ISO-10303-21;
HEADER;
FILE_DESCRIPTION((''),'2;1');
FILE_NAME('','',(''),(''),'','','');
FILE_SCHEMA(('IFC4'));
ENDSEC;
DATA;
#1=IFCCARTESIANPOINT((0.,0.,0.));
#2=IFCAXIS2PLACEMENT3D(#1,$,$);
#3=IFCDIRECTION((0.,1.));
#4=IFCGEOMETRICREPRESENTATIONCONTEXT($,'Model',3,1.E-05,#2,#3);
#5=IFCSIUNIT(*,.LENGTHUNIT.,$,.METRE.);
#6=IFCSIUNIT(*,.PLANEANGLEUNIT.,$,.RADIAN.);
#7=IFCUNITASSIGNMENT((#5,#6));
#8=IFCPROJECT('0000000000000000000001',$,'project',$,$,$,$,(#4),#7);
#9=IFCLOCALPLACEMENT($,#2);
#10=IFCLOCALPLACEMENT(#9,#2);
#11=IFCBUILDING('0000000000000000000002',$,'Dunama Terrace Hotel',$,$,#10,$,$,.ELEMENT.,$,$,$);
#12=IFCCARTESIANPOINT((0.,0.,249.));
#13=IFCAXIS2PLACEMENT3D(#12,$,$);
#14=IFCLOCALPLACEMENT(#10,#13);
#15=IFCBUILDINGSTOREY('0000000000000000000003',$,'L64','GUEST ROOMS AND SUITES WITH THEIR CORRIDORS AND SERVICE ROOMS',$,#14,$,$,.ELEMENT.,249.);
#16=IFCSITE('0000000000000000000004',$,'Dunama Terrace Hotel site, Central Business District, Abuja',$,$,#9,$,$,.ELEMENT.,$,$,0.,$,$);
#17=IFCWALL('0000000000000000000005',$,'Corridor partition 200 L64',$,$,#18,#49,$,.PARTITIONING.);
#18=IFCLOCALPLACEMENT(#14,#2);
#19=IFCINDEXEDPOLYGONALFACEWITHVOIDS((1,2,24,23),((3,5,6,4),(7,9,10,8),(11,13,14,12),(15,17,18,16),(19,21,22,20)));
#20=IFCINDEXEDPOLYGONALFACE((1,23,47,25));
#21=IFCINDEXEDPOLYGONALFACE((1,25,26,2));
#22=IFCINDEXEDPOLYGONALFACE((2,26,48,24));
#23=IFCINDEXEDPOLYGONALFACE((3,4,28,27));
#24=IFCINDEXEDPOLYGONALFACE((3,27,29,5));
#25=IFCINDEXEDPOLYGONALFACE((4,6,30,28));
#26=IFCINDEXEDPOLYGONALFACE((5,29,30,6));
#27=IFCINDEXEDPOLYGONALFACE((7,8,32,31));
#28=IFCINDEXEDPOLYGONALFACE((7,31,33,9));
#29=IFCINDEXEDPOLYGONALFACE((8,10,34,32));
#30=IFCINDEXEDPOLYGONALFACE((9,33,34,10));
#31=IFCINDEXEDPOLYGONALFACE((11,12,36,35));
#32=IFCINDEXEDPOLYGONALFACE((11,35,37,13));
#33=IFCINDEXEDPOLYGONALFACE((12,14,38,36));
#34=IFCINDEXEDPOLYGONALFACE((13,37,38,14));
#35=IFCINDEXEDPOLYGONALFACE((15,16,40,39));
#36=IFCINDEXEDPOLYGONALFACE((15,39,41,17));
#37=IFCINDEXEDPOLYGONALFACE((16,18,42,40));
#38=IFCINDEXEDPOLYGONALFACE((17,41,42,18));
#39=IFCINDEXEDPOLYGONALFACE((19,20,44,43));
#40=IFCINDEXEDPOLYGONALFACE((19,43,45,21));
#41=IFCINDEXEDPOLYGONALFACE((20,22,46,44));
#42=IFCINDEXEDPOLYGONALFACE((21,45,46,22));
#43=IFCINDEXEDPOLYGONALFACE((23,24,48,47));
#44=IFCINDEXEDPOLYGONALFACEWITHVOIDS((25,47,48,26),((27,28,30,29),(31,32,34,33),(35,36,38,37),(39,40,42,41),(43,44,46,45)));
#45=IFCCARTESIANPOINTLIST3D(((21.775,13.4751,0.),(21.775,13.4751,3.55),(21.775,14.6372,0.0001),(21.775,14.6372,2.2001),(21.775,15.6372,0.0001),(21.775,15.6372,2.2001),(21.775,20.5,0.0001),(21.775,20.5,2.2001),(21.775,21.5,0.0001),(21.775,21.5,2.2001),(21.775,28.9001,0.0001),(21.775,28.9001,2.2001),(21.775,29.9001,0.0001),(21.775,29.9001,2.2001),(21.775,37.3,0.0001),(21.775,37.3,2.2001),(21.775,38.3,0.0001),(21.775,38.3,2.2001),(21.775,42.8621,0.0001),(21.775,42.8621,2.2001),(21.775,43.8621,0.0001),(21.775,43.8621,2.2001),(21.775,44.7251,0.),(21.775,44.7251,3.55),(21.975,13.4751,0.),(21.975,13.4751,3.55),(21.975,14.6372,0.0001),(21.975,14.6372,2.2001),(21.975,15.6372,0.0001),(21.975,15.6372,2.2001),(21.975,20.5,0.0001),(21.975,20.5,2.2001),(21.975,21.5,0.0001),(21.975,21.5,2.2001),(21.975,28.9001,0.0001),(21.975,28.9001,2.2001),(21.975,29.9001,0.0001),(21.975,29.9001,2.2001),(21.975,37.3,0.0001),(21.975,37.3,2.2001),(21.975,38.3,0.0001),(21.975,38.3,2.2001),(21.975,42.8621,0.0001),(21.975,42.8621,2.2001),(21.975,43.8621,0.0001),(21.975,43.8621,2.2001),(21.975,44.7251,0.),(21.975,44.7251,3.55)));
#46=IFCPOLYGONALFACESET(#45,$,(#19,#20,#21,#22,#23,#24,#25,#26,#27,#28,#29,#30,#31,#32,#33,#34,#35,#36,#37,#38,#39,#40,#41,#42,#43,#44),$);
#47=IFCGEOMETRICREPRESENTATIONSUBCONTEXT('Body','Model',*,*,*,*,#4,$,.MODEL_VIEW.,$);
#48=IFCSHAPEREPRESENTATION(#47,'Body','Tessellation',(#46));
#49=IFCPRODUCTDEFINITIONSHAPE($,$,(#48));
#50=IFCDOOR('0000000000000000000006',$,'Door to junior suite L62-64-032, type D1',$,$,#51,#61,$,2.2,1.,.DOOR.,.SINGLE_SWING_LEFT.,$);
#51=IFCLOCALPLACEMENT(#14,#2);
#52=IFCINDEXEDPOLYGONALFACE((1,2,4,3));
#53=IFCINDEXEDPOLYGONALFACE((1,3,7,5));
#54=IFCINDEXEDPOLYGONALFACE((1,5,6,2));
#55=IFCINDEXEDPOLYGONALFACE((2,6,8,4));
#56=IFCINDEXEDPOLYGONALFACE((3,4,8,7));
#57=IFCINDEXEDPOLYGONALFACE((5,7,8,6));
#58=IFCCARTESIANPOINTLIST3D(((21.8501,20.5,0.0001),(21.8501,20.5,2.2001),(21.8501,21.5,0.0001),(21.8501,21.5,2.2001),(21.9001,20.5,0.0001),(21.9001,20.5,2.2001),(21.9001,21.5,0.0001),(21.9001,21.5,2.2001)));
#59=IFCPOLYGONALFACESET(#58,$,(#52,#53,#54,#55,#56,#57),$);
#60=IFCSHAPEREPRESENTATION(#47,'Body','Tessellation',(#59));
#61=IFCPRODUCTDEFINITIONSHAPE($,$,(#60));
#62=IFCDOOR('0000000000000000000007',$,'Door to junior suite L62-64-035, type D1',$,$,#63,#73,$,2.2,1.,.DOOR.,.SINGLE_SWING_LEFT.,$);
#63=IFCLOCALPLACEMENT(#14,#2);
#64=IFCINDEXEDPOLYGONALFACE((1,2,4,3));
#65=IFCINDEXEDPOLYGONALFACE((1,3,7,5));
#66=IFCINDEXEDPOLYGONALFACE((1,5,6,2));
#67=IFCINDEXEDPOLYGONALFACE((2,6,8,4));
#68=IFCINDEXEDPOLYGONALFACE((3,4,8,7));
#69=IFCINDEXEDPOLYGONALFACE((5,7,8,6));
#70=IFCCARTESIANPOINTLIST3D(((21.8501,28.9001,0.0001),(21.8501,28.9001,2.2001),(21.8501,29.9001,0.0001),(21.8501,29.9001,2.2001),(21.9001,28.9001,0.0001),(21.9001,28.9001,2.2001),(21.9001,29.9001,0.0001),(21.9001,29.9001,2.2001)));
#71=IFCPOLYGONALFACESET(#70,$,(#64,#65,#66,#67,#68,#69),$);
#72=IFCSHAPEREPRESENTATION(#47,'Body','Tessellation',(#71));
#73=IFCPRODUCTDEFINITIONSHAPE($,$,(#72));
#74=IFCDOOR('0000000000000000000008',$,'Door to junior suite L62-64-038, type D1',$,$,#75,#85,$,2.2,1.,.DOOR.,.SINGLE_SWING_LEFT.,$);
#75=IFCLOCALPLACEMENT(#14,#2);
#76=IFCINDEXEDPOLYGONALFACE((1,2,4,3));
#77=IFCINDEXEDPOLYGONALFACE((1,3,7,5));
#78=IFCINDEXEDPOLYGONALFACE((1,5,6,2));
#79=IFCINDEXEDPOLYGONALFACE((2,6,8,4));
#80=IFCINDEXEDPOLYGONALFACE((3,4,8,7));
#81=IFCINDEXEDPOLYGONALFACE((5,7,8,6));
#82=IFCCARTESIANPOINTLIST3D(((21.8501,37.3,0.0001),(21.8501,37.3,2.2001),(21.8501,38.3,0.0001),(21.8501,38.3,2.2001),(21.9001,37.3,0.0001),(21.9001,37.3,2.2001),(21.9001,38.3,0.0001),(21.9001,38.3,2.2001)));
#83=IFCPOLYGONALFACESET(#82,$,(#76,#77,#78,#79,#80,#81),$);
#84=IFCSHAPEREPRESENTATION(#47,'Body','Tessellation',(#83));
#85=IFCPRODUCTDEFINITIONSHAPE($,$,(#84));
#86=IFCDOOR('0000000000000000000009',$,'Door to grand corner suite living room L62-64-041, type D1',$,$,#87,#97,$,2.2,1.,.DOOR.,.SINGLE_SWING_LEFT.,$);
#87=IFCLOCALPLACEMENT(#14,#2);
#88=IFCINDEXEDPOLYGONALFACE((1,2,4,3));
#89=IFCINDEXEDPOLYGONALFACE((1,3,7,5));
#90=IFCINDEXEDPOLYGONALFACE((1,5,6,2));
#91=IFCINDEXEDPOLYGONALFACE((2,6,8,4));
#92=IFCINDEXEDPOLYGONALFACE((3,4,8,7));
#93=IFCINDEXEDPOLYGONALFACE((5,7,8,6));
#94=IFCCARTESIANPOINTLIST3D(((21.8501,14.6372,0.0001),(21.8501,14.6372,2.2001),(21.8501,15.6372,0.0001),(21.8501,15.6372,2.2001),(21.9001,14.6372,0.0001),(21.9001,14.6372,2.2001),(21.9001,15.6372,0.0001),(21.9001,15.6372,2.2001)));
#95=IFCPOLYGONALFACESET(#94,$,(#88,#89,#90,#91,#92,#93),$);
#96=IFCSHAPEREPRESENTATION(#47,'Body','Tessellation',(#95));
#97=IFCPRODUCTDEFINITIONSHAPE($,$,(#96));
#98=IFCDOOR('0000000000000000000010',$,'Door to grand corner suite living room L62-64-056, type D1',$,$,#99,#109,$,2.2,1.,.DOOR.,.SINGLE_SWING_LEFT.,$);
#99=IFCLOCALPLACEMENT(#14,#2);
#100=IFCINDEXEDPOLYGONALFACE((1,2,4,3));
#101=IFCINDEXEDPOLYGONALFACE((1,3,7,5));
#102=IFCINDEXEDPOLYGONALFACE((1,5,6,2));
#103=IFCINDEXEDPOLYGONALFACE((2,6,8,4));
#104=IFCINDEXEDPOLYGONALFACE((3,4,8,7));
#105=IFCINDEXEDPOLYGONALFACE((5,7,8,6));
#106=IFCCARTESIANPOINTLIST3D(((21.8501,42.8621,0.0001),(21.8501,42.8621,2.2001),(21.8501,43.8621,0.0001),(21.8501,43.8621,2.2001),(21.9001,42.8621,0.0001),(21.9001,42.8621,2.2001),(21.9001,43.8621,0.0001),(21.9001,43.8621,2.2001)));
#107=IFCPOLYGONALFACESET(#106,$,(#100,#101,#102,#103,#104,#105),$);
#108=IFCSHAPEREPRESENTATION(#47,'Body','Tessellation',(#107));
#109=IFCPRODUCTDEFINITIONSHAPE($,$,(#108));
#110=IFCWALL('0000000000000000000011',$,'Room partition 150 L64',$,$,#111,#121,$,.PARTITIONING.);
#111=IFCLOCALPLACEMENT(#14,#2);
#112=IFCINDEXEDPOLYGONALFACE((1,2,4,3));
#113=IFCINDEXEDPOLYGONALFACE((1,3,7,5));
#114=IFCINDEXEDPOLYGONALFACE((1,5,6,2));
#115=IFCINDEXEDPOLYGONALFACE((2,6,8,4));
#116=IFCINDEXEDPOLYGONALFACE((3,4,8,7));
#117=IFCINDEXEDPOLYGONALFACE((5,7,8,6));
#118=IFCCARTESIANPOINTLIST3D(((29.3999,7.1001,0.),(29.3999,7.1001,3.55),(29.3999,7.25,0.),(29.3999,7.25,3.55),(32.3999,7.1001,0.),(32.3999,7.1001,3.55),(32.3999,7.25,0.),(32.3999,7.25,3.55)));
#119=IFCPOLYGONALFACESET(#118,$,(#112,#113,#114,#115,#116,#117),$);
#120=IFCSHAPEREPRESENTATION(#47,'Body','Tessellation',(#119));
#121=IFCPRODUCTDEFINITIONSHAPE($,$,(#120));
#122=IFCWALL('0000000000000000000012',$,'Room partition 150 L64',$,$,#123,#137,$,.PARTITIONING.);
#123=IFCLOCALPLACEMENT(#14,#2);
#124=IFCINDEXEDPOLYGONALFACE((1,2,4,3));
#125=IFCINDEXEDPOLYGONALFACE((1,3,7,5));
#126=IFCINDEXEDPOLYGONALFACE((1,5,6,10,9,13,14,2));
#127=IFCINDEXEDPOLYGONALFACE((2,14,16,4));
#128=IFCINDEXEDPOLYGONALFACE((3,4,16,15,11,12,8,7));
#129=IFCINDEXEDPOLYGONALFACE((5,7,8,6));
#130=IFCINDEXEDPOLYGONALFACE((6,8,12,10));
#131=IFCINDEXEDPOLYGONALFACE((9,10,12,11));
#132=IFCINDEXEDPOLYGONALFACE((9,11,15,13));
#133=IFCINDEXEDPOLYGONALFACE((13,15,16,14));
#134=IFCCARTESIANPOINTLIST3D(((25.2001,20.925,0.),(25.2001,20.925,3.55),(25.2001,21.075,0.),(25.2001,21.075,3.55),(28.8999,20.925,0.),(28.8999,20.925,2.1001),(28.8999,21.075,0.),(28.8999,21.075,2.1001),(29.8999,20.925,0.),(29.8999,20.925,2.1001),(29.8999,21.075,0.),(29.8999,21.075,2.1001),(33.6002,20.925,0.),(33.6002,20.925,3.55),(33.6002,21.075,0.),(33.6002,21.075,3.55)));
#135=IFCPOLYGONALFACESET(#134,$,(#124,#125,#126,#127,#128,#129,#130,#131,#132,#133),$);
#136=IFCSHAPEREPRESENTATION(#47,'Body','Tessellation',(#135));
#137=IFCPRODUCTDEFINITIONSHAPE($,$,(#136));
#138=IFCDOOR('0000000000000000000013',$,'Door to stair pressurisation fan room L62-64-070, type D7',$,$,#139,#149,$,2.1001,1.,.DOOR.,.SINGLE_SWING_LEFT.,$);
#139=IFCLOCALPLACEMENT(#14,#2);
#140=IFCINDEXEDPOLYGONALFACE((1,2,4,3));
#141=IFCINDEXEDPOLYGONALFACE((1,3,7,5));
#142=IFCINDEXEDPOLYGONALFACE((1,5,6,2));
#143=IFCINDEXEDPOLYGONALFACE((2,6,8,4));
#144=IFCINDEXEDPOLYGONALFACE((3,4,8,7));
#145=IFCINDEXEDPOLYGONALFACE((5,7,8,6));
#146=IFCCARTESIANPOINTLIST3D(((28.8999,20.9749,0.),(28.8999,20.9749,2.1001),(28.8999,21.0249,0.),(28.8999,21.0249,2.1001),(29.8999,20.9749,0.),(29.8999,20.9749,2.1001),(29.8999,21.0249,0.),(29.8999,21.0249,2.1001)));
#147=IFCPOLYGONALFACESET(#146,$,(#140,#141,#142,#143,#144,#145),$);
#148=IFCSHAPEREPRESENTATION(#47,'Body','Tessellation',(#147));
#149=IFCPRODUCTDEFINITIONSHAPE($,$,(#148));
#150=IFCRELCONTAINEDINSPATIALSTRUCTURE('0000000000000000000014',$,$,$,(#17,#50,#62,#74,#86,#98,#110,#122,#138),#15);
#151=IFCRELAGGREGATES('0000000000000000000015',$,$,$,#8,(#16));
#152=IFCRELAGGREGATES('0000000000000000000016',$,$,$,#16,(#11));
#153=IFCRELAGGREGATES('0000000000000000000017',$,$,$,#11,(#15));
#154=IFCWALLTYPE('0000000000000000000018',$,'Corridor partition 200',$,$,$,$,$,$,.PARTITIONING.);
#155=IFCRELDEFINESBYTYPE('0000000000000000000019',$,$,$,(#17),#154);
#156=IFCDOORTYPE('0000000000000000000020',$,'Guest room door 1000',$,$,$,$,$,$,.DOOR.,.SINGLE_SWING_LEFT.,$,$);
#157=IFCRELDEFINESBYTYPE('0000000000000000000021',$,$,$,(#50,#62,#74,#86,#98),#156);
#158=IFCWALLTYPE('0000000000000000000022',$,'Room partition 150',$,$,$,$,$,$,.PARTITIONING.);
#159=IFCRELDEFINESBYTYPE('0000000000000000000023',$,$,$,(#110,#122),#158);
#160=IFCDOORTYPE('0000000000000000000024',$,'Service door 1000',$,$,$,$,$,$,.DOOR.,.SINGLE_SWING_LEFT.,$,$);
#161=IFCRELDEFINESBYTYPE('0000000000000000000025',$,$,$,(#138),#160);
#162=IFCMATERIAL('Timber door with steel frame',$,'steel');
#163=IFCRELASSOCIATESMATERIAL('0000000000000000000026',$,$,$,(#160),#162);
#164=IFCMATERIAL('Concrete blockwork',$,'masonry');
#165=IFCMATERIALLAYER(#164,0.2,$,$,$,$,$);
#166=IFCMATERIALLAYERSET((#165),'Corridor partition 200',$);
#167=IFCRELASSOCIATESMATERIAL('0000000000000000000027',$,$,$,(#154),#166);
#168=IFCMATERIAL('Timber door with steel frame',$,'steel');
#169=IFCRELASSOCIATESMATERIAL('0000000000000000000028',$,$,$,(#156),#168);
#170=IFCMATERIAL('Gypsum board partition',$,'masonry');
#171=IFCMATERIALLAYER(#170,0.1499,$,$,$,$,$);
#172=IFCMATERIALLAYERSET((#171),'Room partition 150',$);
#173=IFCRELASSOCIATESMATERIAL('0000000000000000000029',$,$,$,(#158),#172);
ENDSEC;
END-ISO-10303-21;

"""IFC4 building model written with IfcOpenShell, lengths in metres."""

from ifc_helpers import new_model, si_unit, direction, frame, frame_2d, origin, place, context, subcontext, project, spatial, rectangle, extrude, material, layer, layer_set, type_object, element, fill, save


model = new_model("IFC4")

# Units and contexts
model_context = context("Model", 3, precision=1e-05, world=origin(), true_north=direction((0.0, 1.0)))
body_context = subcontext(model_context, "Body", "Model", "MODEL_VIEW")
ifc_project = project(units=[si_unit("LENGTHUNIT", "METRE"), si_unit("PLANEANGLEUNIT", "RADIAN")], contexts=[model_context])

# Site, building, storey
site_placement = place(None, origin())
site = spatial("IfcSite", under=ifc_project, at=site_placement, Name="Dunama Terrace Hotel site, Central Business District, Abuja", CompositionType="ELEMENT", RefElevation=0.0)
building_placement = place(site_placement, origin())
building = spatial("IfcBuilding", under=site, at=building_placement, Name="Dunama Terrace Hotel", CompositionType="ELEMENT")
storey_placement = place(building_placement, frame((0.0, 0.0, 249.0)))
storey = spatial("IfcBuildingStorey", under=building, at=storey_placement, Name="L64", Description="GUEST ROOMS AND SUITES WITH THEIR CORRIDORS AND SERVICE ROOMS", CompositionType="ELEMENT", Elevation=249.0)

# Wall, openings, doors
ifc_material_1 = material(Name="Timber door with steel frame", Category="steel")
door_type_1 = type_object("IfcDoorType", Name="Service door 1000", OperationType="SINGLE_SWING_LEFT", PredefinedType="DOOR", material=ifc_material_1)
ifc_material_2 = material(Name="Concrete blockwork", Category="masonry")
ifc_layer_1 = layer(ifc_material_2, 0.2)
ifc_layer_set_1 = layer_set([ifc_layer_1], Name="Corridor partition 200")
wall_type_1 = type_object("IfcWallType", Name="Corridor partition 200", PredefinedType="PARTITIONING", material=ifc_layer_set_1)
wall_1_placement = place(storey_placement, frame((21.875, 13.4751, 0.0), z_axis=(0.0, 0.0, 1.0), x_axis=(0.0, 1.0, 0.0)))
wall_1 = element("IfcWall", 1, at=wall_1_placement, inside=storey, type_object=wall_type_1, Name="Corridor partition 200 L64", PredefinedType="PARTITIONING", context=body_context, shape_type="SweptSolid", body=[
    extrude(rectangle(XDim=31.25, YDim=0.2, at=frame_2d((15.625, 0.0))), origin(), (0.0, 0.0, 1.0), 3.55),
])
opening_1_placement = place(wall_1_placement, frame((7.0249, 0.0, 0.0)))
opening_1 = element("IfcOpeningElement", 2, at=opening_1_placement, cuts=wall_1, PredefinedType="OPENING", context=body_context, shape_type="SweptSolid", body=[
    extrude(rectangle(XDim=1.0, YDim=2.2, at=frame_2d((0.5, 1.1001))), frame((0.0, 0.1099, 0.0), z_axis=(0.0, -1.0, 0.0), x_axis=(1.0, 0.0, 0.0)), (0.0, 0.0, 1.0), 0.22),
])
opening_2_placement = place(wall_1_placement, frame((15.425, 0.0, 0.0)))
opening_2 = element("IfcOpeningElement", 3, at=opening_2_placement, cuts=wall_1, PredefinedType="OPENING", context=body_context, shape_type="SweptSolid", body=[
    extrude(rectangle(XDim=1.0, YDim=2.2, at=frame_2d((0.5, 1.1001))), frame((0.0, 0.1099, 0.0), z_axis=(0.0, -1.0, 0.0), x_axis=(1.0, 0.0, 0.0)), (0.0, 0.0, 1.0), 0.22),
])
opening_3_placement = place(wall_1_placement, frame((23.825, 0.0, 0.0)))
opening_3 = element("IfcOpeningElement", 4, at=opening_3_placement, cuts=wall_1, PredefinedType="OPENING", context=body_context, shape_type="SweptSolid", body=[
    extrude(rectangle(XDim=1.0, YDim=2.2, at=frame_2d((0.5, 1.1001))), frame((0.0, 0.1099, 0.0), z_axis=(0.0, -1.0, 0.0), x_axis=(1.0, 0.0, 0.0)), (0.0, 0.0, 1.0), 0.22),
])
opening_4_placement = place(wall_1_placement, frame((1.1621, 0.0, 0.0)))
opening_4 = element("IfcOpeningElement", 5, at=opening_4_placement, cuts=wall_1, PredefinedType="OPENING", context=body_context, shape_type="SweptSolid", body=[
    extrude(rectangle(XDim=1.0, YDim=2.2, at=frame_2d((0.5, 1.1001))), frame((0.0, 0.1099, 0.0), z_axis=(0.0, -1.0, 0.0), x_axis=(1.0, 0.0, 0.0)), (0.0, 0.0, 1.0), 0.22),
])
opening_5_placement = place(wall_1_placement, frame((29.387, 0.0, 0.0)))
opening_5 = element("IfcOpeningElement", 6, at=opening_5_placement, cuts=wall_1, PredefinedType="OPENING", context=body_context, shape_type="SweptSolid", body=[
    extrude(rectangle(XDim=1.0, YDim=2.2, at=frame_2d((0.5, 1.1001))), frame((0.0, 0.1099, 0.0), z_axis=(0.0, -1.0, 0.0), x_axis=(1.0, 0.0, 0.0)), (0.0, 0.0, 1.0), 0.22),
])
ifc_material_3 = material(Name="Timber door with steel frame", Category="steel")
door_type_2 = type_object("IfcDoorType", Name="Guest room door 1000", OperationType="SINGLE_SWING_LEFT", PredefinedType="DOOR", material=ifc_material_3)
door_1_placement = place(opening_1_placement, origin())
door_1 = element("IfcDoor", 7, at=door_1_placement, inside=storey, type_object=door_type_2, Name="Door to junior suite L62-64-032, type D1", OperationType="SINGLE_SWING_LEFT", OverallHeight=2.2, OverallWidth=1.0, PredefinedType="DOOR", context=body_context, shape_type="SweptSolid", body=[
    extrude(rectangle(XDim=1.0, YDim=2.2, at=frame_2d((0.5, 1.1001))), frame((0.0, 0.0249, 0.0), z_axis=(0.0, -1.0, 0.0), x_axis=(1.0, 0.0, 0.0)), (0.0, 0.0, 1.0), 0.05),
])
fill(opening_1, door_1)
door_2_placement = place(opening_2_placement, origin())
door_2 = element("IfcDoor", 8, at=door_2_placement, inside=storey, type_object=door_type_2, Name="Door to junior suite L62-64-035, type D1", OperationType="SINGLE_SWING_LEFT", OverallHeight=2.2, OverallWidth=1.0, PredefinedType="DOOR", context=body_context, shape_type="SweptSolid", body=[
    extrude(rectangle(XDim=1.0, YDim=2.2, at=frame_2d((0.5, 1.1001))), frame((0.0, 0.0249, 0.0), z_axis=(0.0, -1.0, 0.0), x_axis=(1.0, 0.0, 0.0)), (0.0, 0.0, 1.0), 0.05),
])
fill(opening_2, door_2)
door_3_placement = place(opening_3_placement, origin())
door_3 = element("IfcDoor", 9, at=door_3_placement, inside=storey, type_object=door_type_2, Name="Door to junior suite L62-64-038, type D1", OperationType="SINGLE_SWING_LEFT", OverallHeight=2.2, OverallWidth=1.0, PredefinedType="DOOR", context=body_context, shape_type="SweptSolid", body=[
    extrude(rectangle(XDim=1.0, YDim=2.2, at=frame_2d((0.5, 1.1001))), frame((0.0, 0.0249, 0.0), z_axis=(0.0, -1.0, 0.0), x_axis=(1.0, 0.0, 0.0)), (0.0, 0.0, 1.0), 0.05),
])
fill(opening_3, door_3)
door_4_placement = place(opening_4_placement, origin())
door_4 = element("IfcDoor", 10, at=door_4_placement, inside=storey, type_object=door_type_2, Name="Door to grand corner suite living room L62-64-041, type D1", OperationType="SINGLE_SWING_LEFT", OverallHeight=2.2, OverallWidth=1.0, PredefinedType="DOOR", context=body_context, shape_type="SweptSolid", body=[
    extrude(rectangle(XDim=1.0, YDim=2.2, at=frame_2d((0.5, 1.1001))), frame((0.0, 0.0249, 0.0), z_axis=(0.0, -1.0, 0.0), x_axis=(1.0, 0.0, 0.0)), (0.0, 0.0, 1.0), 0.05),
])
fill(opening_4, door_4)
door_5_placement = place(opening_5_placement, origin())
door_5 = element("IfcDoor", 11, at=door_5_placement, inside=storey, type_object=door_type_2, Name="Door to grand corner suite living room L62-64-056, type D1", OperationType="SINGLE_SWING_LEFT", OverallHeight=2.2, OverallWidth=1.0, PredefinedType="DOOR", context=body_context, shape_type="SweptSolid", body=[
    extrude(rectangle(XDim=1.0, YDim=2.2, at=frame_2d((0.5, 1.1001))), frame((0.0, 0.0249, 0.0), z_axis=(0.0, -1.0, 0.0), x_axis=(1.0, 0.0, 0.0)), (0.0, 0.0, 1.0), 0.05),
])
fill(opening_5, door_5)

# Wall
ifc_material_4 = material(Name="Gypsum board partition", Category="masonry")
ifc_layer_2 = layer(ifc_material_4, 0.1499)
ifc_layer_set_2 = layer_set([ifc_layer_2], Name="Room partition 150")
wall_type_2 = type_object("IfcWallType", Name="Room partition 150", PredefinedType="PARTITIONING", material=ifc_layer_set_2)
wall_2_placement = place(storey_placement, frame((29.3999, 7.175, 0.0), z_axis=(0.0, 0.0, 1.0), x_axis=(1.0, 0.0, 0.0)))
element("IfcWall", 12, at=wall_2_placement, inside=storey, type_object=wall_type_2, Name="Room partition 150 L64", PredefinedType="PARTITIONING", context=body_context, shape_type="SweptSolid", body=[
    extrude(rectangle(XDim=3.0, YDim=0.1499, at=frame_2d((1.5, 0.0))), origin(), (0.0, 0.0, 1.0), 3.55),
])

# Wall, opening, door
wall_3_placement = place(storey_placement, frame((25.2, 21.0, 0.0), z_axis=(0.0, 0.0, 1.0), x_axis=(1.0, 0.0, 0.0)))
wall_3 = element("IfcWall", 13, at=wall_3_placement, inside=storey, type_object=wall_type_2, Name="Room partition 150 L64", PredefinedType="PARTITIONING", context=body_context, shape_type="SweptSolid", body=[
    extrude(rectangle(XDim=8.4001, YDim=0.1499, at=frame_2d((4.2002, 0.0))), origin(), (0.0, 0.0, 1.0), 3.55),
])
opening_6_placement = place(wall_3_placement, frame((3.7, 0.0, 0.0)))
opening_6 = element("IfcOpeningElement", 14, at=opening_6_placement, cuts=wall_3, PredefinedType="OPENING", context=body_context, shape_type="SweptSolid", body=[
    extrude(rectangle(XDim=1.0, YDim=2.1001, at=frame_2d((0.5, 1.05))), frame((0.0, 0.085, 0.0), z_axis=(0.0, -1.0, 0.0), x_axis=(1.0, 0.0, 0.0)), (0.0, 0.0, 1.0), 0.1699),
])
door_6_placement = place(opening_6_placement, origin())
door_6 = element("IfcDoor", 15, at=door_6_placement, inside=storey, type_object=door_type_1, Name="Door to stair pressurisation fan room L62-64-070, type D7", OperationType="SINGLE_SWING_LEFT", OverallHeight=2.1001, OverallWidth=1.0, PredefinedType="DOOR", context=body_context, shape_type="SweptSolid", body=[
    extrude(rectangle(XDim=1.0, YDim=2.1001, at=frame_2d((0.5, 1.05))), frame((0.0, 0.0249, 0.0), z_axis=(0.0, -1.0, 0.0), x_axis=(1.0, 0.0, 0.0)), (0.0, 0.0, 1.0), 0.05),
])
fill(opening_6, door_6)

save(model, "model.ifc")
